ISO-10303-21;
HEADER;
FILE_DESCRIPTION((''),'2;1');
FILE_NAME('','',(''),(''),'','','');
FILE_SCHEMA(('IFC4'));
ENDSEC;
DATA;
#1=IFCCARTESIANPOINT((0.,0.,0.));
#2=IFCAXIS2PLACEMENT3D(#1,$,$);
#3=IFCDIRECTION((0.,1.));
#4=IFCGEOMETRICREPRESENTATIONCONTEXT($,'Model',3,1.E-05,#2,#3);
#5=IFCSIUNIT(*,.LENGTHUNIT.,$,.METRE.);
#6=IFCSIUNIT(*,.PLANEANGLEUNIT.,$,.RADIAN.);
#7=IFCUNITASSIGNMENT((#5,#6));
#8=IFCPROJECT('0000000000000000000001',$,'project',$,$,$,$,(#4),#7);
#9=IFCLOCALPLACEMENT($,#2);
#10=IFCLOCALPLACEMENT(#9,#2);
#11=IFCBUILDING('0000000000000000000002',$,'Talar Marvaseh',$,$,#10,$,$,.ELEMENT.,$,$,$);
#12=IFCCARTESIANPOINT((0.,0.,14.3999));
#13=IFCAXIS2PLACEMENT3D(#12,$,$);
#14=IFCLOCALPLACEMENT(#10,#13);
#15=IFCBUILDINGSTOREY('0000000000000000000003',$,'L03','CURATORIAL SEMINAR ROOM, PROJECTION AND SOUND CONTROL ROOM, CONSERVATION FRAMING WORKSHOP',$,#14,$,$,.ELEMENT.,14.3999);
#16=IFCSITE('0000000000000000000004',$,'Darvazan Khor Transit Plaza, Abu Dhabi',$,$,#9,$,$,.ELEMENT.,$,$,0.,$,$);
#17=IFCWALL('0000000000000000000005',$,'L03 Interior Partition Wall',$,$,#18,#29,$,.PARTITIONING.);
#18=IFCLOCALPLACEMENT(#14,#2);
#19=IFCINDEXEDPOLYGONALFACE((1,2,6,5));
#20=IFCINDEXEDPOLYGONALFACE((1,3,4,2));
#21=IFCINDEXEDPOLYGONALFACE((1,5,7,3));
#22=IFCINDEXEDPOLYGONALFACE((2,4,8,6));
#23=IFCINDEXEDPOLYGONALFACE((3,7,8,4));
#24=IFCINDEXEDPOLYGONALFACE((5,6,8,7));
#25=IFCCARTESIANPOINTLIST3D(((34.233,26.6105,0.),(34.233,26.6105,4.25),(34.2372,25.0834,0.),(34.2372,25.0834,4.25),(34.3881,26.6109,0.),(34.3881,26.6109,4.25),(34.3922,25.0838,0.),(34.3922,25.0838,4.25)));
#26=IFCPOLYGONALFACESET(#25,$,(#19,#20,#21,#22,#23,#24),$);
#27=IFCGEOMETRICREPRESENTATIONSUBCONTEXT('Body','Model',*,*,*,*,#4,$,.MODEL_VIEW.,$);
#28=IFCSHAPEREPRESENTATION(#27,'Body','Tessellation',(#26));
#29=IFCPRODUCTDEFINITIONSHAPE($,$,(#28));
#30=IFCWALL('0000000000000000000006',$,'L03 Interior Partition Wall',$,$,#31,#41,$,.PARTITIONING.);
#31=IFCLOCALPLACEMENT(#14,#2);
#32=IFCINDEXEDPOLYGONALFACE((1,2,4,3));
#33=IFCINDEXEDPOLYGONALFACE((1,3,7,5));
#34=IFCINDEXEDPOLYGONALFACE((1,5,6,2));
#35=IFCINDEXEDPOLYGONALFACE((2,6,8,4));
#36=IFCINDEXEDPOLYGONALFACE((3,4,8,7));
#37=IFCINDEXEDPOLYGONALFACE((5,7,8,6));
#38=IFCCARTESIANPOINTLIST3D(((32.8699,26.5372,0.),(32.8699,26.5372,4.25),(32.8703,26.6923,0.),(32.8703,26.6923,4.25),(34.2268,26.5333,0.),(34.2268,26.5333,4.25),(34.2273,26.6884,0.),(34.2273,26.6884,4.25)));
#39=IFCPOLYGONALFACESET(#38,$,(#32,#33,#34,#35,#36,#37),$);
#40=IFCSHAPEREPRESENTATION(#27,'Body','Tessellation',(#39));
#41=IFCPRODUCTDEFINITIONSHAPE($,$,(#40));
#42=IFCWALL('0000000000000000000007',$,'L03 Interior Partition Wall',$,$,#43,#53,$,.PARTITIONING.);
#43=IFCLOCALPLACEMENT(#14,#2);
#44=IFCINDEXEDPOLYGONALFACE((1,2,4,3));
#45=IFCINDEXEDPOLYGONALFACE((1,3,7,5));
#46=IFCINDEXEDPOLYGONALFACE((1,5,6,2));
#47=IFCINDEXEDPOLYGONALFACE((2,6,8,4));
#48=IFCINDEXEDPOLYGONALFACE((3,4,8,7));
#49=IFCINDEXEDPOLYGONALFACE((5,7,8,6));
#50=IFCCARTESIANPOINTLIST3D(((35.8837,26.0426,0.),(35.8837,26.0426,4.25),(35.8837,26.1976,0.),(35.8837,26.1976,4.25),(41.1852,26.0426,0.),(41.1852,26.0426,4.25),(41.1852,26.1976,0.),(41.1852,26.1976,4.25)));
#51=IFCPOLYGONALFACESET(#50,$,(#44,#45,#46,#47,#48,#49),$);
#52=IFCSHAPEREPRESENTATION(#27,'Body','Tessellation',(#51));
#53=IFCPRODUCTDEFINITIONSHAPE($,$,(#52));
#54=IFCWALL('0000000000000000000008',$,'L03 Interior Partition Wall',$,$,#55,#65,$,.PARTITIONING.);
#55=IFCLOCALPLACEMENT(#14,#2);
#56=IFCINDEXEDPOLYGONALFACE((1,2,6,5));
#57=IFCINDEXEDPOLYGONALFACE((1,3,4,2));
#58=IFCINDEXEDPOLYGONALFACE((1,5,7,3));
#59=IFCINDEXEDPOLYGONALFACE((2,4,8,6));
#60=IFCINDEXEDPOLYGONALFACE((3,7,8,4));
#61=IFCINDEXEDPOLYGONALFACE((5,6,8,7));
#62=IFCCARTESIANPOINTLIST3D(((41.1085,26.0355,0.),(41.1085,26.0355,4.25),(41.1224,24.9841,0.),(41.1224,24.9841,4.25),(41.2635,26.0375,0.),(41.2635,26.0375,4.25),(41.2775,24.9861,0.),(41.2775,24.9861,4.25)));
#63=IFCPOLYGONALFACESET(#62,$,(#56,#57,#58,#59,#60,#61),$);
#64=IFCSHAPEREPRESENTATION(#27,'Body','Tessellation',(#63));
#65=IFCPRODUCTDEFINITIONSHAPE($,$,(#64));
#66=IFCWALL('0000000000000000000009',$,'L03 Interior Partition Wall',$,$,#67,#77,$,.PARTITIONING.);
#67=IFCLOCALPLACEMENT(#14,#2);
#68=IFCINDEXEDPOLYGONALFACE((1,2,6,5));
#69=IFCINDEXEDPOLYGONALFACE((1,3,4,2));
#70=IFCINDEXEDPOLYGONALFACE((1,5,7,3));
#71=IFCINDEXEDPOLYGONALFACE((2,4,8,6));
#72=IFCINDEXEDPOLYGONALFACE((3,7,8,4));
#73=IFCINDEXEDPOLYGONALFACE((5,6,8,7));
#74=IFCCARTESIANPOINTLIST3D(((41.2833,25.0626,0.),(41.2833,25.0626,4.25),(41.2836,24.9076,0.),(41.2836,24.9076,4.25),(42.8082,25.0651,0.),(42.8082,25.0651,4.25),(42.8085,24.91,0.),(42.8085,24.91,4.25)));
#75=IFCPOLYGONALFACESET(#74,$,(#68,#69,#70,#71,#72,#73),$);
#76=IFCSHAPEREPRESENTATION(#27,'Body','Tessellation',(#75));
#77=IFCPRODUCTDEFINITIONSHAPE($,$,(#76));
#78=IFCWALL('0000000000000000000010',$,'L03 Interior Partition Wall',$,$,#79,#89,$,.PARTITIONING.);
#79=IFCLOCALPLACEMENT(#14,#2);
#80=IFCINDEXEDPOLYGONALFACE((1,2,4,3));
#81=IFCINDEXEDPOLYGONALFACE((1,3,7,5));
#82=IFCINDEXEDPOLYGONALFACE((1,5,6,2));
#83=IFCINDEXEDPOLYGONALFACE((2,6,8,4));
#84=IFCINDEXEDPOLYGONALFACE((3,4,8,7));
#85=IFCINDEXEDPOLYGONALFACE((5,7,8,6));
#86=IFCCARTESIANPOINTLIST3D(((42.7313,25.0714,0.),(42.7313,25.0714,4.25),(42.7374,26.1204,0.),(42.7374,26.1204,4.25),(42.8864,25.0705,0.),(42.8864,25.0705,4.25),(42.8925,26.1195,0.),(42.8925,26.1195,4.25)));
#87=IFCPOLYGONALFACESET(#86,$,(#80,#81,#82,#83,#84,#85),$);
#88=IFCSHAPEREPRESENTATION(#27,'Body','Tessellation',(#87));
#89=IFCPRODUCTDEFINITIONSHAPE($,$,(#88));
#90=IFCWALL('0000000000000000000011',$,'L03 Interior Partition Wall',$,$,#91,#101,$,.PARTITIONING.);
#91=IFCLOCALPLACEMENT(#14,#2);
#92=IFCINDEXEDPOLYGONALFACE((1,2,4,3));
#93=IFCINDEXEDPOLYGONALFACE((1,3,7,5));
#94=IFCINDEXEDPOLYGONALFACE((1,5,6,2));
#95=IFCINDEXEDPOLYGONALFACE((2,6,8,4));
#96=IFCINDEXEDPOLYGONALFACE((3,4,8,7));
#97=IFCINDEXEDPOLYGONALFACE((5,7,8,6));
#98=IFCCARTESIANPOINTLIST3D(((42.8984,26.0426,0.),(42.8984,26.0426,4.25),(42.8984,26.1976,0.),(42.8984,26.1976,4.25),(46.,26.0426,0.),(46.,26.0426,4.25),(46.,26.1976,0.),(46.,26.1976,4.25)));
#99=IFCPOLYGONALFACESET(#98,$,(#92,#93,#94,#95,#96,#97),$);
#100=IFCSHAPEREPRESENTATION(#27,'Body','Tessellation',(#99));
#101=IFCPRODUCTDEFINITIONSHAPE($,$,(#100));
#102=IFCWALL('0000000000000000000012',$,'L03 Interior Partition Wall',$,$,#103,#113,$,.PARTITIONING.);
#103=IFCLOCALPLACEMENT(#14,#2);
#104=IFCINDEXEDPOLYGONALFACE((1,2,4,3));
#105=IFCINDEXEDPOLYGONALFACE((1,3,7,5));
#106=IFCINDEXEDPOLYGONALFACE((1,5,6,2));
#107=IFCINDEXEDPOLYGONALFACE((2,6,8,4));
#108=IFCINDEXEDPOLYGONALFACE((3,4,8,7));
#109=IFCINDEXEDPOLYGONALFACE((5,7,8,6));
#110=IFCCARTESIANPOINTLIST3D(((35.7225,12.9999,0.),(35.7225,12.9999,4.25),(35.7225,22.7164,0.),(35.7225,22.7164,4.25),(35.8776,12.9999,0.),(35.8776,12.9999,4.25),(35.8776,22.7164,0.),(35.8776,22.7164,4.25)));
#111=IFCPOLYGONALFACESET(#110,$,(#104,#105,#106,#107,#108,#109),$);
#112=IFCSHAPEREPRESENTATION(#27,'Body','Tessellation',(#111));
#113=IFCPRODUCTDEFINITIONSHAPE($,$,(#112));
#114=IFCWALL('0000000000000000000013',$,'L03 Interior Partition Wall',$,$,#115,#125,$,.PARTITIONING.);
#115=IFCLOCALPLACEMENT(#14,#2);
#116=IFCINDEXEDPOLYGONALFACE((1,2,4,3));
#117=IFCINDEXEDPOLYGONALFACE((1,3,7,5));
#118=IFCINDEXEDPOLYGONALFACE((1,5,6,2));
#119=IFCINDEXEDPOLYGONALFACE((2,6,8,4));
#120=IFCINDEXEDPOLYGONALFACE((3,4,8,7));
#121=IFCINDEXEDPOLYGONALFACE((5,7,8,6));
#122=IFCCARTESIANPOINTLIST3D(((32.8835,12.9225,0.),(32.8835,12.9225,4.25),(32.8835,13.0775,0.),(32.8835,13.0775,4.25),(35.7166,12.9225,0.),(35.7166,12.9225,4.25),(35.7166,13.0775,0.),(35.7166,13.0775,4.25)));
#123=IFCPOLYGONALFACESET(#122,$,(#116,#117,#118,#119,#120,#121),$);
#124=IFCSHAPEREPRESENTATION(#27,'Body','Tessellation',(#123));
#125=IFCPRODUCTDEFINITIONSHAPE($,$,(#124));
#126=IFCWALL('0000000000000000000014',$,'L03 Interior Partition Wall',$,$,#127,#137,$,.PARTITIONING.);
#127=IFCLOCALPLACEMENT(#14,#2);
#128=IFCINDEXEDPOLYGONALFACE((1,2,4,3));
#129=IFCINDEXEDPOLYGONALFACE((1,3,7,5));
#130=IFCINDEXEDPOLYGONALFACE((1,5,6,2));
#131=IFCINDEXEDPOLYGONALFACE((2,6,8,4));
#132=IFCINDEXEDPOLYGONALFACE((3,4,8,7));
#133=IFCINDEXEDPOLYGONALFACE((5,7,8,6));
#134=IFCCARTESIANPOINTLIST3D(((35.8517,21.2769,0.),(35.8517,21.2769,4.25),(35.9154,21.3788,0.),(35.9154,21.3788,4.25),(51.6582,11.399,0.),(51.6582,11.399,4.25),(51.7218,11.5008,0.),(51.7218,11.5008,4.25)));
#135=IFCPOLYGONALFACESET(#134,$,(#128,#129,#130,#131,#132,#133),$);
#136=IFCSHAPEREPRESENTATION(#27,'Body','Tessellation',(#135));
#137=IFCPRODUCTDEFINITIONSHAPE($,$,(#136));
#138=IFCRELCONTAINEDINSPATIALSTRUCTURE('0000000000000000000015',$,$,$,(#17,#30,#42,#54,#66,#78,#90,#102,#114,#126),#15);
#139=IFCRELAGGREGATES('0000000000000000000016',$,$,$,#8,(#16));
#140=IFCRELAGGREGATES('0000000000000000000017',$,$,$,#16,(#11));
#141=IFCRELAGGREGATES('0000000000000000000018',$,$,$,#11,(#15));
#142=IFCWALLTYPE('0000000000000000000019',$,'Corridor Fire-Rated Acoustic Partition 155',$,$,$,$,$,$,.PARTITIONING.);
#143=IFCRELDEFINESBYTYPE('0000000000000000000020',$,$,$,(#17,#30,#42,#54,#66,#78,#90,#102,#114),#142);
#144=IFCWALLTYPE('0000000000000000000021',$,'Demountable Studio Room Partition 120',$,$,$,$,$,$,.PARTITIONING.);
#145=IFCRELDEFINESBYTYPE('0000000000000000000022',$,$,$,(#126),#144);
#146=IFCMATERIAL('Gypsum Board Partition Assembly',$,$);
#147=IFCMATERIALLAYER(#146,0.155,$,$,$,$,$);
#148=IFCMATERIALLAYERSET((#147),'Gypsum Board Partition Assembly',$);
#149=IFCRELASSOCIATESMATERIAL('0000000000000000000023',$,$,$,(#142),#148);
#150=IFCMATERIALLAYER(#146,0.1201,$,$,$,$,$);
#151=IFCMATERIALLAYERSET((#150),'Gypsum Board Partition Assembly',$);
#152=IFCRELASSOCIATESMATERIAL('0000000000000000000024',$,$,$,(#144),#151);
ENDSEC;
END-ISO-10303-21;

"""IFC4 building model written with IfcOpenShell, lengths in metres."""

from ifc_helpers import new_model, si_unit, direction, frame, frame_2d, origin, place, context, subcontext, project, spatial, rectangle, extrude, material, layer, layer_set, type_object, element, save


model = new_model("IFC4")

# Units and contexts
model_context = context("Model", 3, precision=1e-05, world=origin(), true_north=direction((0.0, 1.0)))
body_context = subcontext(model_context, "Body", "Model", "MODEL_VIEW")
ifc_project = project(units=[si_unit("LENGTHUNIT", "METRE"), si_unit("PLANEANGLEUNIT", "RADIAN")], contexts=[model_context])

# Site, building, storey
site_placement = place(None, origin())
site = spatial("IfcSite", under=ifc_project, at=site_placement, Name="Darvazan Khor Transit Plaza, Abu Dhabi", CompositionType="ELEMENT", RefElevation=0.0)
building_placement = place(site_placement, origin())
building = spatial("IfcBuilding", under=site, at=building_placement, Name="Talar Marvaseh", CompositionType="ELEMENT")
storey_placement = place(building_placement, frame((0.0, 0.0, 14.3999)))
storey = spatial("IfcBuildingStorey", under=building, at=storey_placement, Name="L03", Description="CURATORIAL SEMINAR ROOM, PROJECTION AND SOUND CONTROL ROOM, CONSERVATION FRAMING WORKSHOP", CompositionType="ELEMENT", Elevation=14.3999)

# Walls
ifc_material_1 = material(Name="Gypsum Board Partition Assembly")
ifc_layer_1 = layer(ifc_material_1, 0.155)
ifc_layer_set_1 = layer_set([ifc_layer_1], Name="Gypsum Board Partition Assembly")
wall_type_1 = type_object("IfcWallType", Name="Corridor Fire-Rated Acoustic Partition 155", PredefinedType="PARTITIONING", material=ifc_layer_set_1)
wall_1_placement = place(storey_placement, frame((34.3147, 25.0835, 0.0), z_axis=(0.0, 0.0, 1.0), x_axis=(-0.002718, 0.999996, 0.0)))
element("IfcWall", 1, at=wall_1_placement, inside=storey, type_object=wall_type_1, Name="L03 Interior Partition Wall", PredefinedType="PARTITIONING", context=body_context, shape_type="SweptSolid", body=[
    extrude(rectangle(XDim=1.5271, YDim=0.155, at=frame_2d((0.7637, 0.0))), origin(), (0.0, 0.0, 1.0), 4.25),
])
wall_2_placement = place(storey_placement, frame((34.2271, 26.6108, 0.0), z_axis=(0.0, 0.0, 1.0), x_axis=(-0.999996, 0.002879, 0.0)))
element("IfcWall", 2, at=wall_2_placement, inside=storey, type_object=wall_type_1, Name="L03 Interior Partition Wall", PredefinedType="PARTITIONING", context=body_context, shape_type="SweptSolid", body=[
    extrude(rectangle(XDim=1.3569, YDim=0.155, at=frame_2d((0.6785, 0.0))), origin(), (0.0, 0.0, 1.0), 4.25),
])
wall_3_placement = place(storey_placement, frame((35.8835, 26.1201, 0.0), z_axis=(0.0, 0.0, 1.0), x_axis=(1.0, 0.0, 0.0)))
element("IfcWall", 3, at=wall_3_placement, inside=storey, type_object=wall_type_1, Name="L03 Interior Partition Wall", PredefinedType="PARTITIONING", context=body_context, shape_type="SweptSolid", body=[
    extrude(rectangle(XDim=5.3015, YDim=0.155, at=frame_2d((2.6509, 0.0))), origin(), (0.0, 0.0, 1.0), 4.25),
])
wall_4_placement = place(storey_placement, frame((41.186, 26.0366, 0.0), z_axis=(0.0, 0.0, 1.0), x_axis=(0.013233, -0.999912, 0.0)))
element("IfcWall", 4, at=wall_4_placement, inside=storey, type_object=wall_type_1, Name="L03 Interior Partition Wall", PredefinedType="PARTITIONING", context=body_context, shape_type="SweptSolid", body=[
    extrude(rectangle(XDim=1.0515, YDim=0.155, at=frame_2d((0.5259, 0.0))), origin(), (0.0, 0.0, 1.0), 4.25),
])
wall_5_placement = place(storey_placement, frame((41.2834, 24.9851, 0.0), z_axis=(0.0, 0.0, 1.0), x_axis=(0.999999, 0.001601, 0.0)))
element("IfcWall", 5, at=wall_5_placement, inside=storey, type_object=wall_type_1, Name="L03 Interior Partition Wall", PredefinedType="PARTITIONING", context=body_context, shape_type="SweptSolid", body=[
    extrude(rectangle(XDim=1.5249, YDim=0.155, at=frame_2d((0.7625, 0.0))), origin(), (0.0, 0.0, 1.0), 4.25),
])
wall_6_placement = place(storey_placement, frame((42.8088, 25.071, 0.0), z_axis=(0.0, 0.0, 1.0), x_axis=(0.005818, 0.999983, 0.0)))
element("IfcWall", 6, at=wall_6_placement, inside=storey, type_object=wall_type_1, Name="L03 Interior Partition Wall", PredefinedType="PARTITIONING", context=body_context, shape_type="SweptSolid", body=[
    extrude(rectangle(XDim=1.0491, YDim=0.155, at=frame_2d((0.5244, 0.0))), origin(), (0.0, 0.0, 1.0), 4.25),
])
wall_7_placement = place(storey_placement, frame((42.8984, 26.1201, 0.0), z_axis=(0.0, 0.0, 1.0), x_axis=(1.0, 0.0, 0.0)))
element("IfcWall", 7, at=wall_7_placement, inside=storey, type_object=wall_type_1, Name="L03 Interior Partition Wall", PredefinedType="PARTITIONING", context=body_context, shape_type="SweptSolid", body=[
    extrude(rectangle(XDim=3.1016, YDim=0.155, at=frame_2d((1.5508, 0.0))), origin(), (0.0, 0.0, 1.0), 4.25),
])
wall_8_placement = place(storey_placement, frame((35.8, 22.7166, 0.0), z_axis=(0.0, 0.0, 1.0), x_axis=(0.0, -1.0, 0.0)))
element("IfcWall", 8, at=wall_8_placement, inside=storey, type_object=wall_type_1, Name="L03 Interior Partition Wall", PredefinedType="PARTITIONING", context=body_context, shape_type="SweptSolid", body=[
    extrude(rectangle(XDim=9.7166, YDim=0.155, at=frame_2d((4.8584, 0.0))), origin(), (0.0, 0.0, 1.0), 4.25),
])
wall_9_placement = place(storey_placement, frame((35.7166, 13.0, 0.0), z_axis=(0.0, 0.0, 1.0), x_axis=(-1.0, 0.0, 0.0)))
element("IfcWall", 9, at=wall_9_placement, inside=storey, type_object=wall_type_1, Name="L03 Interior Partition Wall", PredefinedType="PARTITIONING", context=body_context, shape_type="SweptSolid", body=[
    extrude(rectangle(XDim=2.833, YDim=0.155, at=frame_2d((1.4165, 0.0))), origin(), (0.0, 0.0, 1.0), 4.25),
])
ifc_layer_2 = layer(ifc_material_1, 0.1201)
ifc_layer_set_2 = layer_set([ifc_layer_2], Name="Gypsum Board Partition Assembly")
wall_type_2 = type_object("IfcWallType", Name="Demountable Studio Room Partition 120", PredefinedType="PARTITIONING", material=ifc_layer_set_2)
wall_10_placement = place(storey_placement, frame((35.8835, 21.3279, 0.0), z_axis=(0.0, 0.0, 1.0), x_axis=(0.848024, -0.529958, 0.0)))
element("IfcWall", 10, at=wall_10_placement, inside=storey, type_object=wall_type_2, Name="L03 Interior Partition Wall", PredefinedType="PARTITIONING", context=body_context, shape_type="SweptSolid", body=[
    extrude(rectangle(XDim=18.6392, YDim=0.1201, at=frame_2d((9.3196, 0.0))), origin(), (0.0, 0.0, 1.0), 4.25),
])

save(model, "model.ifc")
